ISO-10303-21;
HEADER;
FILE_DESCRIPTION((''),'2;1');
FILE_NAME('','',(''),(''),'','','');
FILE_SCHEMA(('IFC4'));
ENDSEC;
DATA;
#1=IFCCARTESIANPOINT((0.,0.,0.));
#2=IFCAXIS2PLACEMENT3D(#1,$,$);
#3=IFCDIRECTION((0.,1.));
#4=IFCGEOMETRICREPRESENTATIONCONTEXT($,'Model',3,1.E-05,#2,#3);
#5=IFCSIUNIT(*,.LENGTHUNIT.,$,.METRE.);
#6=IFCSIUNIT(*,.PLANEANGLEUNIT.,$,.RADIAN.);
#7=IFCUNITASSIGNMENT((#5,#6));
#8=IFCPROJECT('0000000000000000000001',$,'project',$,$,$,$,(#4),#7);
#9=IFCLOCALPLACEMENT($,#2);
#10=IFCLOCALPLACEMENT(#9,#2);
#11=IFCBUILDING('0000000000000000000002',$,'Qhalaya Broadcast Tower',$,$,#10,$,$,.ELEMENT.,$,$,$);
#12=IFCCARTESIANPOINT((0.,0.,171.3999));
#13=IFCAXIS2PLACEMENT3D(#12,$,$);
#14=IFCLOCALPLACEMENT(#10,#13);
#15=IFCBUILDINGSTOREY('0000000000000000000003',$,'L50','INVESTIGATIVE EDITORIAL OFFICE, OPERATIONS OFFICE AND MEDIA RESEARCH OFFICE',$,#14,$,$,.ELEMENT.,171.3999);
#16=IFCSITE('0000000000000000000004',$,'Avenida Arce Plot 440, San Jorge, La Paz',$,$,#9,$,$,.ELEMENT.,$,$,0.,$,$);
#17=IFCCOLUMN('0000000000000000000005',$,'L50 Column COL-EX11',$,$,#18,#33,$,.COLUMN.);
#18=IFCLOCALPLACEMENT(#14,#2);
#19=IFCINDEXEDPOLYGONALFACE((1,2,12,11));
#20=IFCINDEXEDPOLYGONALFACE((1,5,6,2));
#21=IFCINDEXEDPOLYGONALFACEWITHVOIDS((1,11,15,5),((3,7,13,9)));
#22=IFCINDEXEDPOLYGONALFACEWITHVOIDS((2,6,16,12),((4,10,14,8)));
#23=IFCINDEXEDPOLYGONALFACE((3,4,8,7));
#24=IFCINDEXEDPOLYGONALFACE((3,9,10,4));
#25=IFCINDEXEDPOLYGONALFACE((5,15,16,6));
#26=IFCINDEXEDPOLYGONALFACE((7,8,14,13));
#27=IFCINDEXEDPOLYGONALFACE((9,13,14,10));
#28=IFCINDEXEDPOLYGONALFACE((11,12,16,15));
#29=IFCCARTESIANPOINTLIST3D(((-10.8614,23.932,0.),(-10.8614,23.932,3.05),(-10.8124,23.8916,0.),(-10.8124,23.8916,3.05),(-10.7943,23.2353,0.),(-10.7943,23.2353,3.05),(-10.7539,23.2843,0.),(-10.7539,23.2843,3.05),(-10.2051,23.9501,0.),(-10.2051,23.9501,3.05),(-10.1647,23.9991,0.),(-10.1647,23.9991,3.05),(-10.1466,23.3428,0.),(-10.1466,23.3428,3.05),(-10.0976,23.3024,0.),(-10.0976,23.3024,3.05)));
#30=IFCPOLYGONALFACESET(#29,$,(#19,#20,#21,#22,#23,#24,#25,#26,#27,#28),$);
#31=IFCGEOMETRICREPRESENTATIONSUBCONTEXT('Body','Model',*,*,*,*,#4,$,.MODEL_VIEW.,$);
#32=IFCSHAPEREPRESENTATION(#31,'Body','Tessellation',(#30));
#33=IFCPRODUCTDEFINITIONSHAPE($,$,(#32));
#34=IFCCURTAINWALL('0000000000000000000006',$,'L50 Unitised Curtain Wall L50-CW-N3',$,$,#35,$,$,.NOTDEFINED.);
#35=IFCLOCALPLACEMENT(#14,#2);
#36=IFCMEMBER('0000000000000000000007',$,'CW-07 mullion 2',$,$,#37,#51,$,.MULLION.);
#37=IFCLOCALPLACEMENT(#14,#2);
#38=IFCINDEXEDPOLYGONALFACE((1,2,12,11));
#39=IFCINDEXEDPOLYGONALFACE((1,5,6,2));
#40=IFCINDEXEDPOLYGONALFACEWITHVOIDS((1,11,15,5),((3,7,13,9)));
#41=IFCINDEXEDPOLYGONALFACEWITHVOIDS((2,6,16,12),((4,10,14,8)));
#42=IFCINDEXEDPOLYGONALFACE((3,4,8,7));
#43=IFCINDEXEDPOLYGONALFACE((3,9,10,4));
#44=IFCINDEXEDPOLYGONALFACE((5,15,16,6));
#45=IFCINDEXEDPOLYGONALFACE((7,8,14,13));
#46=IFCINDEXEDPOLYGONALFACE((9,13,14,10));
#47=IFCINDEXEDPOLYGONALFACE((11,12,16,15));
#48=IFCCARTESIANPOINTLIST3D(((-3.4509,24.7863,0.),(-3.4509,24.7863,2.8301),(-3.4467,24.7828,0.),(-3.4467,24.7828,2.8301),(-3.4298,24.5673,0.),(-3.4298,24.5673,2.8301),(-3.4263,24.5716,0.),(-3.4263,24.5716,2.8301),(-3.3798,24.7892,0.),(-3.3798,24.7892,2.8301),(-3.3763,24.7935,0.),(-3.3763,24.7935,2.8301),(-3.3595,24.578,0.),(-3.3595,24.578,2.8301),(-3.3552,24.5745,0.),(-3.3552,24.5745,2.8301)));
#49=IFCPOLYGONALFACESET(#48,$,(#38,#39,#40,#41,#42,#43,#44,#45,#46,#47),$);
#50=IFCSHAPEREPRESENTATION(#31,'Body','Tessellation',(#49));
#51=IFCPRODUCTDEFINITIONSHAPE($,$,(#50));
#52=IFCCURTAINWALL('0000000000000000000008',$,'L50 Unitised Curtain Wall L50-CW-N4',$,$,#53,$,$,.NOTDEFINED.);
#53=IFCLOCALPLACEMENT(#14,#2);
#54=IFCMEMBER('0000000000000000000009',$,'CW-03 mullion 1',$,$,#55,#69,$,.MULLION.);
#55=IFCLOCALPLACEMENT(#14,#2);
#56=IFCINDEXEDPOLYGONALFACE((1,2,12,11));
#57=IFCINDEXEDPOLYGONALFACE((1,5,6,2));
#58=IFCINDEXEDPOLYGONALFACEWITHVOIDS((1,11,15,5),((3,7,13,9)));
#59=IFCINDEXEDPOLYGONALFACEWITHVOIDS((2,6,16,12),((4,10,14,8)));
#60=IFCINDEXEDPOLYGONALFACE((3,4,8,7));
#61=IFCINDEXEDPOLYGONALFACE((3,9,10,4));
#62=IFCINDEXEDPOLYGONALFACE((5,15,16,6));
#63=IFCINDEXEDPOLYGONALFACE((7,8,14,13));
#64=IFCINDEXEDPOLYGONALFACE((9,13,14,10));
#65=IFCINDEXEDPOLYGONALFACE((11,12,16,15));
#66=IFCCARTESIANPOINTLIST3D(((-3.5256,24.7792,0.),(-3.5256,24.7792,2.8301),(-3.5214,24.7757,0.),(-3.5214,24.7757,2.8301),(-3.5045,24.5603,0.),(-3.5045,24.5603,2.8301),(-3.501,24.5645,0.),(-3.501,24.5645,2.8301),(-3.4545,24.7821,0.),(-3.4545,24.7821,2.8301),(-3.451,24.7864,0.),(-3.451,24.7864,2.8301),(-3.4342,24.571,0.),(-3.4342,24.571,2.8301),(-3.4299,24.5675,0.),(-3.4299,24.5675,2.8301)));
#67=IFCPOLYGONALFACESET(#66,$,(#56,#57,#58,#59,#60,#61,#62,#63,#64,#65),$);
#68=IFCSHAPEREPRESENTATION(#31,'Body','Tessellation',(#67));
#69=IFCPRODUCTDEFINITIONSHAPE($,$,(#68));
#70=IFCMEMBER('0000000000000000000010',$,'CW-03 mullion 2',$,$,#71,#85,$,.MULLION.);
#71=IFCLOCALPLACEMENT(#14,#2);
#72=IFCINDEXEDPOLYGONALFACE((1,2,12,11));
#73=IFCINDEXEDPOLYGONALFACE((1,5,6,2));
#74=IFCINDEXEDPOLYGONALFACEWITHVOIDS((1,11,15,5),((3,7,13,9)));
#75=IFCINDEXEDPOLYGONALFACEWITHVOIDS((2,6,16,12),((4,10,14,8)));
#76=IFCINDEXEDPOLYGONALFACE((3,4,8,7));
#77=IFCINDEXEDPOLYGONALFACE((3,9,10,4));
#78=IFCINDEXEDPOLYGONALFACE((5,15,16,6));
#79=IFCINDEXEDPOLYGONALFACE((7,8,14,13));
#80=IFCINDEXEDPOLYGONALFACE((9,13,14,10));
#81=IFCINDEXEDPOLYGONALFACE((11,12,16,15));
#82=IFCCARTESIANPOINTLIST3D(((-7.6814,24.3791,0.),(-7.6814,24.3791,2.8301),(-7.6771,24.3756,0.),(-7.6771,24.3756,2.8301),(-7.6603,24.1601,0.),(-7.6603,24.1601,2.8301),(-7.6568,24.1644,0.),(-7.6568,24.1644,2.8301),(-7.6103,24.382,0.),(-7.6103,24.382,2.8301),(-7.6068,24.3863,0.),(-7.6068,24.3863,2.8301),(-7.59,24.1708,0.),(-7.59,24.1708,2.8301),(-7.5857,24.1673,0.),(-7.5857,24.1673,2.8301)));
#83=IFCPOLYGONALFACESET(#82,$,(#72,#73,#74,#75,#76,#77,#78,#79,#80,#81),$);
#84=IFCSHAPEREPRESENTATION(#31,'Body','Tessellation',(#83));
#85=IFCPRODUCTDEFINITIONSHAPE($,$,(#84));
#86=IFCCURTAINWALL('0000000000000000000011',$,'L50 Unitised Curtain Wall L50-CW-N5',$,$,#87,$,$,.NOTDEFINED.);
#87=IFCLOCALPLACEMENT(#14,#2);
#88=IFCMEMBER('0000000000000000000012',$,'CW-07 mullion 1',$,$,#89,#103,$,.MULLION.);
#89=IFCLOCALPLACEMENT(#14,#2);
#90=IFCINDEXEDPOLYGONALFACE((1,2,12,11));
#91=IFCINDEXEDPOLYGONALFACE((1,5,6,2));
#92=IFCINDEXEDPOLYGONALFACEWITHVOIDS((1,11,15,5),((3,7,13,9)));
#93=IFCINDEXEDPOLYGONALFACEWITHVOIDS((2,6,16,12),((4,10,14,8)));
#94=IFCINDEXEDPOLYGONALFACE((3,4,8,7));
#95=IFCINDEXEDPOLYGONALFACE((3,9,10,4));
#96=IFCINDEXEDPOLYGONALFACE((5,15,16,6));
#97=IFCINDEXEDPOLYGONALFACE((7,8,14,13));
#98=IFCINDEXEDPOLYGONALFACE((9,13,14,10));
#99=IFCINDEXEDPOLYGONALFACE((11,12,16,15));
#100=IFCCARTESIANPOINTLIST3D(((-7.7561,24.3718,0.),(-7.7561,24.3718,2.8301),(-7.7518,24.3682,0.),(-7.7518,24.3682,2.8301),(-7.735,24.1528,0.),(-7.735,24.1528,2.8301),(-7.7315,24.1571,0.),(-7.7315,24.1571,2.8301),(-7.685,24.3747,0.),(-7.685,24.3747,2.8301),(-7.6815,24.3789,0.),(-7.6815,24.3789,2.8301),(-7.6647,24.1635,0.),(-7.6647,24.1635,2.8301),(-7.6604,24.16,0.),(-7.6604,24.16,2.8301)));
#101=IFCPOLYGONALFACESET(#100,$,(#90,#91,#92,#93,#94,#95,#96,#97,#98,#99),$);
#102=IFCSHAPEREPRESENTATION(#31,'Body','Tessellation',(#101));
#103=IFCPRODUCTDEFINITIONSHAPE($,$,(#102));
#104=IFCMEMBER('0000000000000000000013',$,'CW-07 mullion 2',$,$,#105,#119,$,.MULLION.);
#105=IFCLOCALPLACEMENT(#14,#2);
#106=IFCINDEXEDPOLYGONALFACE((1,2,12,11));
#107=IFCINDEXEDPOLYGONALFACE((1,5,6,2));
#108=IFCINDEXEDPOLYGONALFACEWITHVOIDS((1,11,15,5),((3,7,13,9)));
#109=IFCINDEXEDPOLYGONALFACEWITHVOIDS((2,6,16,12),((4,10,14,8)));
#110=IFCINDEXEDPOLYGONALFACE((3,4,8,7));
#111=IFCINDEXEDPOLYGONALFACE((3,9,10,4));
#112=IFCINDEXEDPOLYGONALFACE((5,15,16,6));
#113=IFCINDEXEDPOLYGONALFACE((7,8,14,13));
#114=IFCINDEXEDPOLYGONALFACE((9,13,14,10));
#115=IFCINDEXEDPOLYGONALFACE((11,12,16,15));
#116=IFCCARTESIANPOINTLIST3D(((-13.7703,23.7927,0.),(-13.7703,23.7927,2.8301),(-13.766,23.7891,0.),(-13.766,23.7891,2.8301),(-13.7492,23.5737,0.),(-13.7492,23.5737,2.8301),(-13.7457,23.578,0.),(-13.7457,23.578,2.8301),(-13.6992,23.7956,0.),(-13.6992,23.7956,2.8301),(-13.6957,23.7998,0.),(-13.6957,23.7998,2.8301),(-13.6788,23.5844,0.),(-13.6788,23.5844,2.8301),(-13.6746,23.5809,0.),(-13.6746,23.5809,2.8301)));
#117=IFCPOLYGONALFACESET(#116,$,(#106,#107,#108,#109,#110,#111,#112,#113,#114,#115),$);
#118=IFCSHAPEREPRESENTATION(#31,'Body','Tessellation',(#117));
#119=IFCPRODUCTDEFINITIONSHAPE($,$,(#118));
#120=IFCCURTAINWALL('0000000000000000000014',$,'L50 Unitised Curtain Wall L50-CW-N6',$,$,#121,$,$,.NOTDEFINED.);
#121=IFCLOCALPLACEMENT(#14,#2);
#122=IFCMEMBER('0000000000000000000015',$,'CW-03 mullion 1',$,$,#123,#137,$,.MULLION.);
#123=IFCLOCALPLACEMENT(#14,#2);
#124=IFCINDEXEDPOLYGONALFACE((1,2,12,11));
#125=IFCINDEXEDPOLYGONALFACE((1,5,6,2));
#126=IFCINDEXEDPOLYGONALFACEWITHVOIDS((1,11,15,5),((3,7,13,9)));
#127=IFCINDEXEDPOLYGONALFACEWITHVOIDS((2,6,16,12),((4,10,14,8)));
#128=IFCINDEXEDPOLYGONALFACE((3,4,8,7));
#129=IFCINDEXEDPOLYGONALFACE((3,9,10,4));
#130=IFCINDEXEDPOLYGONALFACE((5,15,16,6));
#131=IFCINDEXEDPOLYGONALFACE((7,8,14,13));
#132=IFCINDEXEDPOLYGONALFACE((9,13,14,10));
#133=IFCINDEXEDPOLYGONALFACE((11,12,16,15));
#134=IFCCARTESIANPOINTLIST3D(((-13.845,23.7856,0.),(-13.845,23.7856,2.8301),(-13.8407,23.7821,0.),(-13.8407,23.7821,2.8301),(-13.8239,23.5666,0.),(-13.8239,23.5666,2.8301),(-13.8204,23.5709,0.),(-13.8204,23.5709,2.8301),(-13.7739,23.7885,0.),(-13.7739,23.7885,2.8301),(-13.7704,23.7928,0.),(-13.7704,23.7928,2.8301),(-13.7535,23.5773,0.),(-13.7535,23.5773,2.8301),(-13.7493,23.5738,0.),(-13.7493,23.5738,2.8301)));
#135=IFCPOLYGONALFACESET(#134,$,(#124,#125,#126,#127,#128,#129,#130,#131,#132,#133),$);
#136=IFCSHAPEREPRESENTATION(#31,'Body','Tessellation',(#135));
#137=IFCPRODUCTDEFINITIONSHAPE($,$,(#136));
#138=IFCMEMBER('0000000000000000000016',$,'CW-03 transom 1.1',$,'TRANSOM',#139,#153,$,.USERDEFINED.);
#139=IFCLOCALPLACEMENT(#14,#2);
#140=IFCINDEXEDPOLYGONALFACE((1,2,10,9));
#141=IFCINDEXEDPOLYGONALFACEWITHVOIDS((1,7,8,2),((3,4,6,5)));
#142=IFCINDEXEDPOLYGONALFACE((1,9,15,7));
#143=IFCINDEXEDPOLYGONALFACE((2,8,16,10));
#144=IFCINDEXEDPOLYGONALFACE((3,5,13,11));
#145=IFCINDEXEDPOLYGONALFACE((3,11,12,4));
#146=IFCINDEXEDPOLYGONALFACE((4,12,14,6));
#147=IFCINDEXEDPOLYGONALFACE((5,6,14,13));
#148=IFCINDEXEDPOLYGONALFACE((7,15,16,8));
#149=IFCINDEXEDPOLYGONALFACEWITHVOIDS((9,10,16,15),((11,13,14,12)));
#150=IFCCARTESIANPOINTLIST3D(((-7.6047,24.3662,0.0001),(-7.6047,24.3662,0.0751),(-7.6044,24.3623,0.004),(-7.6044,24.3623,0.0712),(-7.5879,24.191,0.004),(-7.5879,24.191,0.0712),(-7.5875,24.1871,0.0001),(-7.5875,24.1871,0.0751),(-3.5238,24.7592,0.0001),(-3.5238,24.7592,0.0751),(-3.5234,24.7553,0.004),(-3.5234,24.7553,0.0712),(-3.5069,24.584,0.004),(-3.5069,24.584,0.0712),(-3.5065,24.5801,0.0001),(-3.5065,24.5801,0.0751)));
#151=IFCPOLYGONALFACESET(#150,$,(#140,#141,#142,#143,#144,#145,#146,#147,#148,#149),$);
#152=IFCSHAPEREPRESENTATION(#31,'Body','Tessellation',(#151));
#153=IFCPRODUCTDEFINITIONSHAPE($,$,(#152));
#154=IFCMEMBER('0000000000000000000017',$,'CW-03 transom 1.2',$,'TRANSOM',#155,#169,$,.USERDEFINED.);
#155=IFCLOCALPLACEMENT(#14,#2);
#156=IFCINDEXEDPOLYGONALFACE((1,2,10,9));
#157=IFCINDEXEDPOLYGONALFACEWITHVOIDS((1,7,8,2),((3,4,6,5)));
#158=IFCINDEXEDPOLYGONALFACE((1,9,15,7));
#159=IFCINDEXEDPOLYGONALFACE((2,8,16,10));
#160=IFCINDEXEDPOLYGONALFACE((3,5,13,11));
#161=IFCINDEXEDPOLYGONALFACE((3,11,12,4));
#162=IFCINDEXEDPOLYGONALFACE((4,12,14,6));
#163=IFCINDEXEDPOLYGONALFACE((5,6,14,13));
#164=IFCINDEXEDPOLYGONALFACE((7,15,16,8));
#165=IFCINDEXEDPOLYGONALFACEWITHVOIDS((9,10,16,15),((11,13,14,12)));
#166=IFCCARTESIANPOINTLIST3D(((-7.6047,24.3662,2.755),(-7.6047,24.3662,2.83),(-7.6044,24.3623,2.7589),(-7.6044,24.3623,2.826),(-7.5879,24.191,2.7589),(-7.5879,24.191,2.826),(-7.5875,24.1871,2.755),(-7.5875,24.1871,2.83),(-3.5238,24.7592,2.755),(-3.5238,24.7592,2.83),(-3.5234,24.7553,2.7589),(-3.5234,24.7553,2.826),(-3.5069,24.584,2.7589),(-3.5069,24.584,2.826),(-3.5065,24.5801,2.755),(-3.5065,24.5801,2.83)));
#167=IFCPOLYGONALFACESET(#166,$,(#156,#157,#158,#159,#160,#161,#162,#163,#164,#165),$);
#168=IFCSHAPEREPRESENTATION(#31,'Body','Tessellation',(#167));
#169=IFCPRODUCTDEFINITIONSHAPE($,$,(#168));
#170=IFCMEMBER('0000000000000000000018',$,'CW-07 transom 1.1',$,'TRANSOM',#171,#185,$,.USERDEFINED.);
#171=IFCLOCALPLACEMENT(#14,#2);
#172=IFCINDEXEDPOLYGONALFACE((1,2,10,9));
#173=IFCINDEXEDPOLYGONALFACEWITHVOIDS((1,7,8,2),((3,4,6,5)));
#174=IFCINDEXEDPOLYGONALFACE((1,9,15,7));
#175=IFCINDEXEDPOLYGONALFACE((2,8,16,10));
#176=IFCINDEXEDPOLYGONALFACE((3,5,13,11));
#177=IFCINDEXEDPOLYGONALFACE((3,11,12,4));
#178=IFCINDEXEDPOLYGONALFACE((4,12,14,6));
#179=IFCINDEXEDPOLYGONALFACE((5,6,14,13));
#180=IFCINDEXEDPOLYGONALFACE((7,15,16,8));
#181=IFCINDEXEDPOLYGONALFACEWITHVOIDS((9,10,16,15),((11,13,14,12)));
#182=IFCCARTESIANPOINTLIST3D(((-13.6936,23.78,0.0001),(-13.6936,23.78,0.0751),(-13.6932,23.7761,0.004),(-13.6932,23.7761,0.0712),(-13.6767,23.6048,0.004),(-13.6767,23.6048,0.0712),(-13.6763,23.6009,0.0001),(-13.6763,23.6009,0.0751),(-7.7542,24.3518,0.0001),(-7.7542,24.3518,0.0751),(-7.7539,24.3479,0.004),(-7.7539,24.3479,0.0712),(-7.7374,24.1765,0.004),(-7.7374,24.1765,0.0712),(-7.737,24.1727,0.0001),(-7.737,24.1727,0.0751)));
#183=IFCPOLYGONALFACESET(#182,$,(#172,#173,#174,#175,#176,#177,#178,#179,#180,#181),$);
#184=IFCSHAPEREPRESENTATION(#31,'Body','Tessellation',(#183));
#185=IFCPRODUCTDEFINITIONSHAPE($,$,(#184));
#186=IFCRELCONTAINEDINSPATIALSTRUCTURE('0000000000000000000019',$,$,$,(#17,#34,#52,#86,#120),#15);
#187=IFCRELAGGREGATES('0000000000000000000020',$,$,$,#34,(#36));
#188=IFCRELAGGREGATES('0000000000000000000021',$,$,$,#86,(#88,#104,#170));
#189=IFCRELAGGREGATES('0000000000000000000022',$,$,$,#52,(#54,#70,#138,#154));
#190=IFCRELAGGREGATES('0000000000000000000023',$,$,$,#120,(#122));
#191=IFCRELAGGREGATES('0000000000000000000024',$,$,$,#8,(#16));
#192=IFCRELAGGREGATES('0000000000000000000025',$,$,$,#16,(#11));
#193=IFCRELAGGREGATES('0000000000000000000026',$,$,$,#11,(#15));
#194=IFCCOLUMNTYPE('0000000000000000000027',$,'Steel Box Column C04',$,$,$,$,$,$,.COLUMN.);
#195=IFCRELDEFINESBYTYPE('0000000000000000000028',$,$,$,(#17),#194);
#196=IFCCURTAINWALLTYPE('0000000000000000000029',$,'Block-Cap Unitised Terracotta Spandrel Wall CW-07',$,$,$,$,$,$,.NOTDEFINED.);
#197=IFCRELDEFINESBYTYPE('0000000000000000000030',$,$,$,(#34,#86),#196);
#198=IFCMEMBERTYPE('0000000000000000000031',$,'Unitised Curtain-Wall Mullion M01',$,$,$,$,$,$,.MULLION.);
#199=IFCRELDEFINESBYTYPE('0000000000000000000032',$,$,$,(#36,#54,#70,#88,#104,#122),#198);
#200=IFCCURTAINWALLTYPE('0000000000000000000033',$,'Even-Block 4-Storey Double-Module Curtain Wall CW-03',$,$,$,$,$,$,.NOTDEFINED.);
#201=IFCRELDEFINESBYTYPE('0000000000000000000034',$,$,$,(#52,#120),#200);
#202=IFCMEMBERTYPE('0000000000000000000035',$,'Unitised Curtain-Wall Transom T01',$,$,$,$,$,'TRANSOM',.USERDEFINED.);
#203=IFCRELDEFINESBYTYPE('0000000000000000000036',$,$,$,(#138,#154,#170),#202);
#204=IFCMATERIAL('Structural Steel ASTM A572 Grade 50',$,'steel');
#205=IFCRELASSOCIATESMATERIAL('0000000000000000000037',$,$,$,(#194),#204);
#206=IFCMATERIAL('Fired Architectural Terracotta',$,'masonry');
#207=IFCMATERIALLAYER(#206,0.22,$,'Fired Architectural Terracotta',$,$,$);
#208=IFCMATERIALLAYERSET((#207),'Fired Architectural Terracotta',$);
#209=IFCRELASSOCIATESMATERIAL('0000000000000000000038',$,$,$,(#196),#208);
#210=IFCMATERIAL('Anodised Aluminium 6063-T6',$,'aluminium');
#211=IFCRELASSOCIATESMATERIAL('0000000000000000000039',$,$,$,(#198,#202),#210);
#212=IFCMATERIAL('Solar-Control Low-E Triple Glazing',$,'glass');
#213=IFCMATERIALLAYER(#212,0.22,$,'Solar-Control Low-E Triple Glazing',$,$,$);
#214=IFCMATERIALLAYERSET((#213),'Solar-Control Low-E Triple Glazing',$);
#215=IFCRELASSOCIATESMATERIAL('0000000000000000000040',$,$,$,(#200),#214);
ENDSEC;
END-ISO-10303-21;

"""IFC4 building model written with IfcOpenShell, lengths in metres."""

from ifc_helpers import new_model, si_unit, direction, frame, origin, origin_2d, place, context, subcontext, project, spatial, hollow_rectangle, extrude, material, layer, layer_set, material_profile, profile_set, type_object, element, aggregate, save


model = new_model("IFC4")

# Units and contexts
model_context = context("Model", 3, precision=1e-05, world=origin(), true_north=direction((0.0, 1.0)))
body_context = subcontext(model_context, "Body", "Model", "MODEL_VIEW")
ifc_project = project(units=[si_unit("LENGTHUNIT", "METRE"), si_unit("PLANEANGLEUNIT", "RADIAN")], contexts=[model_context])

# Site, building, storey
site_placement = place(None, origin())
site = spatial("IfcSite", under=ifc_project, at=site_placement, Name="Avenida Arce Plot 440, San Jorge, La Paz", CompositionType="ELEMENT", RefElevation=0.0)
building_placement = place(site_placement, origin())
building = spatial("IfcBuilding", under=site, at=building_placement, Name="Qhalaya Broadcast Tower", CompositionType="ELEMENT")
storey_placement = place(building_placement, frame((0.0, 0.0, 171.3999)))
storey = spatial("IfcBuildingStorey", under=building, at=storey_placement, Name="L50", Description="INVESTIGATIVE EDITORIAL OFFICE, OPERATIONS OFFICE AND MEDIA RESEARCH OFFICE", CompositionType="ELEMENT", Elevation=171.3999)

# Column
ifc_material_1 = material(Name="Structural Steel ASTM A572 Grade 50", Category="steel")
ifc_material_profile_1 = material_profile(ifc_material_1, hollow_rectangle(XDim=0.7, YDim=0.7, WallThickness=0.0449, at=origin_2d()), Name="BOX 700x700x45")
ifc_profile_set_1 = profile_set([ifc_material_profile_1], Name="Structural Steel ASTM A572 Grade 50")
column_type = type_object("IfcColumnType", Name="Steel Box Column C04", PredefinedType="COLUMN", material=ifc_profile_set_1)
column_placement = place(storey_placement, frame((-10.4795, 23.6172, 0.0), z_axis=(0.0, 0.0, 1.0), x_axis=(0.995396, 0.095846, 0.0)))
element("IfcColumn", 1, at=column_placement, inside=storey, type_object=column_type, Name="L50 Column COL-EX11", PredefinedType="COLUMN", context=body_context, shape_type="SweptSolid", body=[
    extrude(hollow_rectangle(XDim=0.7, YDim=0.7, WallThickness=0.0449, at=origin_2d()), origin(), (0.0, 0.0, 1.0), 3.05),
])

# Curtain wall, member
ifc_material_2 = material(Name="Fired Architectural Terracotta", Category="masonry")
ifc_layer_1 = layer(ifc_material_2, 0.22, Name="Fired Architectural Terracotta")
ifc_layer_set_1 = layer_set([ifc_layer_1], Name="Fired Architectural Terracotta")
curtain_wall_type_1 = type_object("IfcCurtainWallType", Name="Block-Cap Unitised Terracotta Spandrel Wall CW-07", PredefinedType="NOTDEFINED", material=ifc_layer_set_1)
curtain_wall_1_placement = place(storey_placement, origin())
curtain_wall_1 = element("IfcCurtainWall", 2, at=curtain_wall_1_placement, inside=storey, type_object=curtain_wall_type_1, Name="L50 Unitised Curtain Wall L50-CW-N3", PredefinedType="NOTDEFINED")
ifc_material_3 = material(Name="Anodised Aluminium 6063-T6", Category="aluminium")
ifc_material_profile_2 = material_profile(ifc_material_3, hollow_rectangle(XDim=0.075, YDim=0.22, WallThickness=0.0039, at=origin_2d()), Name="ALU-MUL 75x220x4")
ifc_profile_set_2 = profile_set([ifc_material_profile_2], Name="Anodised Aluminium 6063-T6")
member_type_1 = type_object("IfcMemberType", Name="Unitised Curtain-Wall Mullion M01", PredefinedType="MULLION", material=ifc_profile_set_2)
member_1_placement = place(storey_placement, frame((-3.4031, 24.6804, 0.0), z_axis=(0.0, 0.0, 1.0), x_axis=(-0.995396, -0.095848, 0.0)))
member_1 = element("IfcMember", 3, at=member_1_placement, type_object=member_type_1, Name="CW-07 mullion 2", PredefinedType="MULLION", context=body_context, shape_type="SweptSolid", body=[
    extrude(hollow_rectangle(XDim=0.075, YDim=0.22, WallThickness=0.0039, at=origin_2d()), origin(), (0.0, 0.0, 1.0), 2.8301),
])
aggregate(curtain_wall_1, [member_1])

# Curtain walls, members
ifc_material_4 = material(Name="Solar-Control Low-E Triple Glazing", Category="glass")
ifc_layer_2 = layer(ifc_material_4, 0.22, Name="Solar-Control Low-E Triple Glazing")
ifc_layer_set_2 = layer_set([ifc_layer_2], Name="Solar-Control Low-E Triple Glazing")
curtain_wall_type_2 = type_object("IfcCurtainWallType", Name="Even-Block 4-Storey Double-Module Curtain Wall CW-03", PredefinedType="NOTDEFINED", material=ifc_layer_set_2)
curtain_wall_2_placement = place(storey_placement, origin())
curtain_wall_2 = element("IfcCurtainWall", 4, at=curtain_wall_2_placement, inside=storey, type_object=curtain_wall_type_2, Name="L50 Unitised Curtain Wall L50-CW-N4", PredefinedType="NOTDEFINED")
member_2_placement = place(storey_placement, frame((-3.4778, 24.6733, 0.0), z_axis=(0.0, 0.0, 1.0), x_axis=(-0.995395, -0.095857, 0.0)))
member_2 = element("IfcMember", 5, at=member_2_placement, type_object=member_type_1, Name="CW-03 mullion 1", PredefinedType="MULLION", context=body_context, shape_type="SweptSolid", body=[
    extrude(hollow_rectangle(XDim=0.075, YDim=0.22, WallThickness=0.0039, at=origin_2d()), origin(), (0.0, 0.0, 1.0), 2.8301),
])
member_3_placement = place(storey_placement, frame((-7.6335, 24.2732, 0.0), z_axis=(0.0, 0.0, 1.0), x_axis=(-0.995395, -0.095857, 0.0)))
member_3 = element("IfcMember", 6, at=member_3_placement, type_object=member_type_1, Name="CW-03 mullion 2", PredefinedType="MULLION", context=body_context, shape_type="SweptSolid", body=[
    extrude(hollow_rectangle(XDim=0.075, YDim=0.22, WallThickness=0.0039, at=origin_2d()), origin(), (0.0, 0.0, 1.0), 2.8301),
])
curtain_wall_3_placement = place(storey_placement, origin())
curtain_wall_3 = element("IfcCurtainWall", 7, at=curtain_wall_3_placement, inside=storey, type_object=curtain_wall_type_1, Name="L50 Unitised Curtain Wall L50-CW-N5", PredefinedType="NOTDEFINED")
member_4_placement = place(storey_placement, frame((-7.7083, 24.2659, 0.0), z_axis=(0.0, 0.0, 1.0), x_axis=(-0.995396, -0.095848, 0.0)))
member_4 = element("IfcMember", 8, at=member_4_placement, type_object=member_type_1, Name="CW-07 mullion 1", PredefinedType="MULLION", context=body_context, shape_type="SweptSolid", body=[
    extrude(hollow_rectangle(XDim=0.075, YDim=0.22, WallThickness=0.0039, at=origin_2d()), origin(), (0.0, 0.0, 1.0), 2.8301),
])
member_5_placement = place(storey_placement, frame((-13.7224, 23.6868, 0.0), z_axis=(0.0, 0.0, 1.0), x_axis=(-0.995396, -0.095848, 0.0)))
member_5 = element("IfcMember", 9, at=member_5_placement, type_object=member_type_1, Name="CW-07 mullion 2", PredefinedType="MULLION", context=body_context, shape_type="SweptSolid", body=[
    extrude(hollow_rectangle(XDim=0.075, YDim=0.22, WallThickness=0.0039, at=origin_2d()), origin(), (0.0, 0.0, 1.0), 2.8301),
])

# Curtain wall, member
curtain_wall_4_placement = place(storey_placement, origin())
curtain_wall_4 = element("IfcCurtainWall", 10, at=curtain_wall_4_placement, inside=storey, type_object=curtain_wall_type_2, Name="L50 Unitised Curtain Wall L50-CW-N6", PredefinedType="NOTDEFINED")
member_6_placement = place(storey_placement, frame((-13.7971, 23.6797, 0.0), z_axis=(0.0, 0.0, 1.0), x_axis=(-0.995397, -0.095834, 0.0)))
member_6 = element("IfcMember", 11, at=member_6_placement, type_object=member_type_1, Name="CW-03 mullion 1", PredefinedType="MULLION", context=body_context, shape_type="SweptSolid", body=[
    extrude(hollow_rectangle(XDim=0.075, YDim=0.22, WallThickness=0.0039, at=origin_2d()), origin(), (0.0, 0.0, 1.0), 2.8301),
])

# Members
ifc_material_profile_3 = material_profile(ifc_material_3, hollow_rectangle(XDim=0.075, YDim=0.1799, WallThickness=0.0039, at=origin_2d()), Name="ALU-TRN 75x180x4")
ifc_profile_set_3 = profile_set([ifc_material_profile_3], Name="Anodised Aluminium 6063-T6")
member_type_2 = type_object("IfcMemberType", Name="Unitised Curtain-Wall Transom T01", ElementType="TRANSOM", PredefinedType="USERDEFINED", material=ifc_profile_set_3)
member_7_placement = place(storey_placement, frame((-3.5151, 24.6697, 0.0376), z_axis=(-0.995394, -0.095871, 0.0), x_axis=(0.0, 0.0, 1.0)))
member_7 = element("IfcMember", 12, at=member_7_placement, type_object=member_type_2, Name="CW-03 transom 1.1", ObjectType="TRANSOM", PredefinedType="USERDEFINED", context=body_context, shape_type="SweptSolid", body=[
    extrude(hollow_rectangle(XDim=0.075, YDim=0.1799, WallThickness=0.0039, at=origin_2d()), origin(), (0.0, 0.0, 1.0), 4.0999),
])
member_8_placement = place(storey_placement, frame((-3.5151, 24.6697, 2.7925), z_axis=(-0.995394, -0.095871, 0.0), x_axis=(0.0, 0.0, 1.0)))
member_8 = element("IfcMember", 13, at=member_8_placement, type_object=member_type_2, Name="CW-03 transom 1.2", ObjectType="TRANSOM", PredefinedType="USERDEFINED", context=body_context, shape_type="SweptSolid", body=[
    extrude(hollow_rectangle(XDim=0.075, YDim=0.1799, WallThickness=0.0039, at=origin_2d()), origin(), (0.0, 0.0, 1.0), 4.0999),
])
member_9_placement = place(storey_placement, frame((-7.7456, 24.2622, 0.0376), z_axis=(-0.995398, -0.095825, 0.0), x_axis=(0.0, 0.0, 1.0)))
member_9 = element("IfcMember", 14, at=member_9_placement, type_object=member_type_2, Name="CW-07 transom 1.1", ObjectType="TRANSOM", PredefinedType="USERDEFINED", context=body_context, shape_type="SweptSolid", body=[
    extrude(hollow_rectangle(XDim=0.075, YDim=0.1799, WallThickness=0.0039, at=origin_2d()), origin(), (0.0, 0.0, 1.0), 5.9668),
])

aggregate(curtain_wall_3, [member_4, member_5, member_9])
aggregate(curtain_wall_2, [member_2, member_3, member_7, member_8])
aggregate(curtain_wall_4, [member_6])

save(model, "model.ifc")
